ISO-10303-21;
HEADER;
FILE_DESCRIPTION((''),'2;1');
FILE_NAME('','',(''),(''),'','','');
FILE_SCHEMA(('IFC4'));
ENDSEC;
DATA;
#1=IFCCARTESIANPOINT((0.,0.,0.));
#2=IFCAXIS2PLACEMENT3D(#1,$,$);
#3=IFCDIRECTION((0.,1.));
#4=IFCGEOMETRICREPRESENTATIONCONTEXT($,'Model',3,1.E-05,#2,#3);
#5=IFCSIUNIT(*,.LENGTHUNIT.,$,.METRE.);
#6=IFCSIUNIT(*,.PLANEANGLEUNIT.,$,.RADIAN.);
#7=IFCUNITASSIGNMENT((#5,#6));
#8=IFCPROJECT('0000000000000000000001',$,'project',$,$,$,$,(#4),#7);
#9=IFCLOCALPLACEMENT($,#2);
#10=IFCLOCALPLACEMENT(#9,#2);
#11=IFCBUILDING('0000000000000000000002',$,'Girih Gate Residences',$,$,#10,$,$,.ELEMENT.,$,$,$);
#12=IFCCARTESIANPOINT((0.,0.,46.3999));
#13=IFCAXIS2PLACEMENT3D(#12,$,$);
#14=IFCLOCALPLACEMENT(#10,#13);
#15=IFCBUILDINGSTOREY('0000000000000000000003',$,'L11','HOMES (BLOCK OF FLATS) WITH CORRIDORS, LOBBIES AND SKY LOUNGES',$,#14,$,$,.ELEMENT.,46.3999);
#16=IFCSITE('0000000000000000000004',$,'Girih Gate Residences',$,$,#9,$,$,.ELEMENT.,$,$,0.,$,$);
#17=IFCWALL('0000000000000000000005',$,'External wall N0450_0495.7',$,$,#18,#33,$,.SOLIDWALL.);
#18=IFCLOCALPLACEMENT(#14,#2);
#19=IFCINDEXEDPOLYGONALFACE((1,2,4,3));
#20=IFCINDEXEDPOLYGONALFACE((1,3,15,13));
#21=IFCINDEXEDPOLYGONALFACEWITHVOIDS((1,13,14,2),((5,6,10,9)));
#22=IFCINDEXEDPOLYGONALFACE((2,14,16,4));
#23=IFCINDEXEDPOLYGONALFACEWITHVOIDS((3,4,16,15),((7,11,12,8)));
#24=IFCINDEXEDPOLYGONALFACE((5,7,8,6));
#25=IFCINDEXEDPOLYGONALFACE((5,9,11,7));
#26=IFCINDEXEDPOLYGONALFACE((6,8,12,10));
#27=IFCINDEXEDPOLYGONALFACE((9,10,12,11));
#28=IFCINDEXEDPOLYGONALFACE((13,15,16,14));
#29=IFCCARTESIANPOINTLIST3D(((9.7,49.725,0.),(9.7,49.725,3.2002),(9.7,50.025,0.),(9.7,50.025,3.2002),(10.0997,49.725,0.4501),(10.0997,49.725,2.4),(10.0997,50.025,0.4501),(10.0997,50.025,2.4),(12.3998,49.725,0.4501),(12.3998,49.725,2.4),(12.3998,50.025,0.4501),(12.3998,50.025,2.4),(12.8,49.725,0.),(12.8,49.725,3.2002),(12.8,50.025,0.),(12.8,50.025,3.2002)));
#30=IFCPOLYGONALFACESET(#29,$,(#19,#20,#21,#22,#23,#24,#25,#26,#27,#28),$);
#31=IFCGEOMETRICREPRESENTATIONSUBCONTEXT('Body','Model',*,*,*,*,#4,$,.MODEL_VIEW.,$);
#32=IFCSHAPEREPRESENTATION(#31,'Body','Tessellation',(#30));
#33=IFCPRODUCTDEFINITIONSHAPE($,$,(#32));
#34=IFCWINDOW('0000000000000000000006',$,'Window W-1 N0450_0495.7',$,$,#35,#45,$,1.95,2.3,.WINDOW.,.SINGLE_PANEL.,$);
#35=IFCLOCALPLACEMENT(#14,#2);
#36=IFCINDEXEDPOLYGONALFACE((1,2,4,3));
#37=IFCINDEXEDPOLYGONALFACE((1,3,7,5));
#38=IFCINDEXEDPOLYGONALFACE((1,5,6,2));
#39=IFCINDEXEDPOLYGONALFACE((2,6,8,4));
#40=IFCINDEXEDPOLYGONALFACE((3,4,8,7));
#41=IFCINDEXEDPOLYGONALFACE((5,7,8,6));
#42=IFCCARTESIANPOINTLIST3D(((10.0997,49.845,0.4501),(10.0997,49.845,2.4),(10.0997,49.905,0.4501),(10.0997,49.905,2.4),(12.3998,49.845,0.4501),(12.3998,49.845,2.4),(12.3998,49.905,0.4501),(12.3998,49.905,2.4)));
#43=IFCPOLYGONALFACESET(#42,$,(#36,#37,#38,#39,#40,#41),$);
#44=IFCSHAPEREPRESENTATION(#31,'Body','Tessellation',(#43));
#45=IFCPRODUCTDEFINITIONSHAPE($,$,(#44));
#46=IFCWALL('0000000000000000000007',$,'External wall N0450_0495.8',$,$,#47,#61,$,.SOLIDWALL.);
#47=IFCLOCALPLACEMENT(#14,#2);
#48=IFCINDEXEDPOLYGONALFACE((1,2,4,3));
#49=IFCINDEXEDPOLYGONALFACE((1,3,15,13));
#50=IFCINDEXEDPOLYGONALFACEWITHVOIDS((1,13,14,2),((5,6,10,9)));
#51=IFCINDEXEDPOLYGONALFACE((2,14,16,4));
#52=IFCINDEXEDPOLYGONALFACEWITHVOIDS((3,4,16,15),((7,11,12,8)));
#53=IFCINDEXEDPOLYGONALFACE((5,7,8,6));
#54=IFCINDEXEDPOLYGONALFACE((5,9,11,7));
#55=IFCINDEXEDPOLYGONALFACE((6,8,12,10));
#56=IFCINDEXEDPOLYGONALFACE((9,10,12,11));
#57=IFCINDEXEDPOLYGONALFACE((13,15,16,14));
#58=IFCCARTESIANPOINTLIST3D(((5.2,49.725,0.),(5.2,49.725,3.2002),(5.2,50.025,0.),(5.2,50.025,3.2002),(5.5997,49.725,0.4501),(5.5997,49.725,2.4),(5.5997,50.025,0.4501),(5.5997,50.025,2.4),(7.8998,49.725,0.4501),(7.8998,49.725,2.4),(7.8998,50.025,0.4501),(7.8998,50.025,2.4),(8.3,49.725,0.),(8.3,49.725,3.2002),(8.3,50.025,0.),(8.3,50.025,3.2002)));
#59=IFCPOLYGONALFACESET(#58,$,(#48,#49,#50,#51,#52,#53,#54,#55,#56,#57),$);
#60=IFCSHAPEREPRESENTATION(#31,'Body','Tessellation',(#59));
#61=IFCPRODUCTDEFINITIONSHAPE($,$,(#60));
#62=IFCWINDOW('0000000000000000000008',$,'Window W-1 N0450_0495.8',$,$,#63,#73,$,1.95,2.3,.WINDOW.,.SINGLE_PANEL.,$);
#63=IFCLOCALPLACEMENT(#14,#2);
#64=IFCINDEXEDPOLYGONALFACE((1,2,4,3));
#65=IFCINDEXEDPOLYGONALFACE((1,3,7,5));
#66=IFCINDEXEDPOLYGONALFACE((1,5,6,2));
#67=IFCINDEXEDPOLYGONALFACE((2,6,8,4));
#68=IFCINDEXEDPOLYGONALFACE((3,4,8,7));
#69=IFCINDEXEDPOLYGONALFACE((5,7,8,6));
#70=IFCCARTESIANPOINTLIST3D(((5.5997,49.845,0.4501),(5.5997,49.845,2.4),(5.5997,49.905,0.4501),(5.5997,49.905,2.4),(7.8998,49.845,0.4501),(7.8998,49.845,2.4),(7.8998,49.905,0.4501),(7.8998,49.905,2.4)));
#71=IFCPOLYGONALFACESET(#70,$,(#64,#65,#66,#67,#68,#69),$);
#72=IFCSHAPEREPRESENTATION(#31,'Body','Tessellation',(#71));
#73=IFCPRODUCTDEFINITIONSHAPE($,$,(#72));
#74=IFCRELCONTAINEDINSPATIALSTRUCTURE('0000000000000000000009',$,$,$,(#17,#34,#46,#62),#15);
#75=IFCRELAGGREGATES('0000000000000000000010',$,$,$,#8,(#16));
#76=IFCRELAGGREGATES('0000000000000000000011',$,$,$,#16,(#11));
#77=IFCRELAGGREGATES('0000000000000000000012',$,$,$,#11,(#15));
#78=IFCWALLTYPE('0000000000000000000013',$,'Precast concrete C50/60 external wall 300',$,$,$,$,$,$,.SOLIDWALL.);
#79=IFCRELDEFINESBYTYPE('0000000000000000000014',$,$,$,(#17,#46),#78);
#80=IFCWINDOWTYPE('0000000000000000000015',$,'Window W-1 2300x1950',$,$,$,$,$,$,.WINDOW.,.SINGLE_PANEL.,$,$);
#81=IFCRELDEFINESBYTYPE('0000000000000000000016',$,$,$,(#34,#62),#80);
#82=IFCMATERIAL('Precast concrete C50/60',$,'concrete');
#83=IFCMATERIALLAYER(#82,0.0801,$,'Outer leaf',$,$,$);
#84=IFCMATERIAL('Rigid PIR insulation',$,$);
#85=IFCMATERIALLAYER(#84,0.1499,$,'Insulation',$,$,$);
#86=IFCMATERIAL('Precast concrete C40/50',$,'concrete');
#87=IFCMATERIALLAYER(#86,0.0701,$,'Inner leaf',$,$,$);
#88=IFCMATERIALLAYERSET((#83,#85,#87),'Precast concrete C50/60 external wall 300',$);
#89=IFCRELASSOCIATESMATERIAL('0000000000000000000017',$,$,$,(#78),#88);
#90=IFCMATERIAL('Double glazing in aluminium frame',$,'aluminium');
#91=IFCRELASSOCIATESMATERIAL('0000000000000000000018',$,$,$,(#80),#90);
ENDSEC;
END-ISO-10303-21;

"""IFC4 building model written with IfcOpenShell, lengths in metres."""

from ifc_helpers import new_model, si_unit, direction, frame, frame_2d, origin, place, context, subcontext, project, spatial, rectangle, extrude, material, layer, layer_set, type_object, element, fill, save


model = new_model("IFC4")

# Units and contexts
model_context = context("Model", 3, precision=1e-05, world=origin(), true_north=direction((0.0, 1.0)))
body_context = subcontext(model_context, "Body", "Model", "MODEL_VIEW")
ifc_project = project(units=[si_unit("LENGTHUNIT", "METRE"), si_unit("PLANEANGLEUNIT", "RADIAN")], contexts=[model_context])

# Site, building, storey
site_placement = place(None, origin())
site = spatial("IfcSite", under=ifc_project, at=site_placement, Name="Girih Gate Residences", CompositionType="ELEMENT", RefElevation=0.0)
building_placement = place(site_placement, origin())
building = spatial("IfcBuilding", under=site, at=building_placement, Name="Girih Gate Residences", CompositionType="ELEMENT")
storey_placement = place(building_placement, frame((0.0, 0.0, 46.3999)))
storey = spatial("IfcBuildingStorey", under=building, at=storey_placement, Name="L11", Description="HOMES (BLOCK OF FLATS) WITH CORRIDORS, LOBBIES AND SKY LOUNGES", CompositionType="ELEMENT", Elevation=46.3999)

# Walls, openings, windows
ifc_material_1 = material(Name="Precast concrete C50/60", Category="concrete")
ifc_layer_1 = layer(ifc_material_1, 0.0801, Name="Outer leaf")
ifc_material_2 = material(Name="Rigid PIR insulation")
ifc_layer_2 = layer(ifc_material_2, 0.1499, Name="Insulation")
ifc_material_3 = material(Name="Precast concrete C40/50", Category="concrete")
ifc_layer_3 = layer(ifc_material_3, 0.0701, Name="Inner leaf")
ifc_layer_set_1 = layer_set([ifc_layer_1, ifc_layer_2, ifc_layer_3], Name="Precast concrete C50/60 external wall 300")
wall_type_1 = type_object("IfcWallType", Name="Precast concrete C50/60 external wall 300", PredefinedType="SOLIDWALL", material=ifc_layer_set_1)
wall_1_placement = place(storey_placement, frame((9.7, 49.875, 0.0), z_axis=(0.0, 0.0, 1.0), x_axis=(1.0, 0.0, 0.0)))
wall_1 = element("IfcWall", 1, at=wall_1_placement, inside=storey, type_object=wall_type_1, Name="External wall N0450_0495.7", PredefinedType="SOLIDWALL", context=body_context, shape_type="SweptSolid", body=[
    extrude(rectangle(XDim=3.1001, YDim=0.3, at=frame_2d((1.55, 0.0))), origin(), (0.0, 0.0, 1.0), 3.2002),
])
opening_1_placement = place(wall_1_placement, frame((0.3999, 0.0, 0.45)))
opening_1 = element("IfcOpeningElement", 2, at=opening_1_placement, cuts=wall_1, PredefinedType="OPENING", context=body_context, shape_type="SweptSolid", body=[
    extrude(rectangle(XDim=2.3, YDim=1.95, at=frame_2d((1.1499, 0.9751))), frame((0.0, 0.1599, 0.0), z_axis=(0.0, -1.0, 0.0), x_axis=(1.0, 0.0, 0.0)), (0.0, 0.0, 1.0), 0.3201),
])
ifc_material_4 = material(Name="Double glazing in aluminium frame", Category="aluminium")
window_type = type_object("IfcWindowType", Name="Window W-1 2300x1950", PartitioningType="SINGLE_PANEL", PredefinedType="WINDOW", material=ifc_material_4)
window_1_placement = place(opening_1_placement, origin())
window_1 = element("IfcWindow", 3, at=window_1_placement, inside=storey, type_object=window_type, Name="Window W-1 N0450_0495.7", OverallHeight=1.95, OverallWidth=2.3, PartitioningType="SINGLE_PANEL", PredefinedType="WINDOW", context=body_context, shape_type="SweptSolid", body=[
    extrude(rectangle(XDim=2.3, YDim=1.95, at=frame_2d((1.1499, 0.9751))), frame((0.0, 0.03, 0.0), z_axis=(0.0, -1.0, 0.0), x_axis=(1.0, 0.0, 0.0)), (0.0, 0.0, 1.0), 0.0601),
])
fill(opening_1, window_1)
wall_2_placement = place(storey_placement, frame((5.2, 49.875, 0.0), z_axis=(0.0, 0.0, 1.0), x_axis=(1.0, 0.0, 0.0)))
wall_2 = element("IfcWall", 4, at=wall_2_placement, inside=storey, type_object=wall_type_1, Name="External wall N0450_0495.8", PredefinedType="SOLIDWALL", context=body_context, shape_type="SweptSolid", body=[
    extrude(rectangle(XDim=3.1001, YDim=0.3, at=frame_2d((1.55, 0.0))), origin(), (0.0, 0.0, 1.0), 3.2002),
])
opening_2_placement = place(wall_2_placement, frame((0.3999, 0.0, 0.45)))
opening_2 = element("IfcOpeningElement", 5, at=opening_2_placement, cuts=wall_2, PredefinedType="OPENING", context=body_context, shape_type="SweptSolid", body=[
    extrude(rectangle(XDim=2.3, YDim=1.95, at=frame_2d((1.1499, 0.9751))), frame((0.0, 0.1599, 0.0), z_axis=(0.0, -1.0, 0.0), x_axis=(1.0, 0.0, 0.0)), (0.0, 0.0, 1.0), 0.3201),
])
window_2_placement = place(opening_2_placement, origin())
window_2 = element("IfcWindow", 6, at=window_2_placement, inside=storey, type_object=window_type, Name="Window W-1 N0450_0495.8", OverallHeight=1.95, OverallWidth=2.3, PartitioningType="SINGLE_PANEL", PredefinedType="WINDOW", context=body_context, shape_type="SweptSolid", body=[
    extrude(rectangle(XDim=2.3, YDim=1.95, at=frame_2d((1.1499, 0.9751))), frame((0.0, 0.03, 0.0), z_axis=(0.0, -1.0, 0.0), x_axis=(1.0, 0.0, 0.0)), (0.0, 0.0, 1.0), 0.0601),
])
fill(opening_2, window_2)

save(model, "model.ifc")
